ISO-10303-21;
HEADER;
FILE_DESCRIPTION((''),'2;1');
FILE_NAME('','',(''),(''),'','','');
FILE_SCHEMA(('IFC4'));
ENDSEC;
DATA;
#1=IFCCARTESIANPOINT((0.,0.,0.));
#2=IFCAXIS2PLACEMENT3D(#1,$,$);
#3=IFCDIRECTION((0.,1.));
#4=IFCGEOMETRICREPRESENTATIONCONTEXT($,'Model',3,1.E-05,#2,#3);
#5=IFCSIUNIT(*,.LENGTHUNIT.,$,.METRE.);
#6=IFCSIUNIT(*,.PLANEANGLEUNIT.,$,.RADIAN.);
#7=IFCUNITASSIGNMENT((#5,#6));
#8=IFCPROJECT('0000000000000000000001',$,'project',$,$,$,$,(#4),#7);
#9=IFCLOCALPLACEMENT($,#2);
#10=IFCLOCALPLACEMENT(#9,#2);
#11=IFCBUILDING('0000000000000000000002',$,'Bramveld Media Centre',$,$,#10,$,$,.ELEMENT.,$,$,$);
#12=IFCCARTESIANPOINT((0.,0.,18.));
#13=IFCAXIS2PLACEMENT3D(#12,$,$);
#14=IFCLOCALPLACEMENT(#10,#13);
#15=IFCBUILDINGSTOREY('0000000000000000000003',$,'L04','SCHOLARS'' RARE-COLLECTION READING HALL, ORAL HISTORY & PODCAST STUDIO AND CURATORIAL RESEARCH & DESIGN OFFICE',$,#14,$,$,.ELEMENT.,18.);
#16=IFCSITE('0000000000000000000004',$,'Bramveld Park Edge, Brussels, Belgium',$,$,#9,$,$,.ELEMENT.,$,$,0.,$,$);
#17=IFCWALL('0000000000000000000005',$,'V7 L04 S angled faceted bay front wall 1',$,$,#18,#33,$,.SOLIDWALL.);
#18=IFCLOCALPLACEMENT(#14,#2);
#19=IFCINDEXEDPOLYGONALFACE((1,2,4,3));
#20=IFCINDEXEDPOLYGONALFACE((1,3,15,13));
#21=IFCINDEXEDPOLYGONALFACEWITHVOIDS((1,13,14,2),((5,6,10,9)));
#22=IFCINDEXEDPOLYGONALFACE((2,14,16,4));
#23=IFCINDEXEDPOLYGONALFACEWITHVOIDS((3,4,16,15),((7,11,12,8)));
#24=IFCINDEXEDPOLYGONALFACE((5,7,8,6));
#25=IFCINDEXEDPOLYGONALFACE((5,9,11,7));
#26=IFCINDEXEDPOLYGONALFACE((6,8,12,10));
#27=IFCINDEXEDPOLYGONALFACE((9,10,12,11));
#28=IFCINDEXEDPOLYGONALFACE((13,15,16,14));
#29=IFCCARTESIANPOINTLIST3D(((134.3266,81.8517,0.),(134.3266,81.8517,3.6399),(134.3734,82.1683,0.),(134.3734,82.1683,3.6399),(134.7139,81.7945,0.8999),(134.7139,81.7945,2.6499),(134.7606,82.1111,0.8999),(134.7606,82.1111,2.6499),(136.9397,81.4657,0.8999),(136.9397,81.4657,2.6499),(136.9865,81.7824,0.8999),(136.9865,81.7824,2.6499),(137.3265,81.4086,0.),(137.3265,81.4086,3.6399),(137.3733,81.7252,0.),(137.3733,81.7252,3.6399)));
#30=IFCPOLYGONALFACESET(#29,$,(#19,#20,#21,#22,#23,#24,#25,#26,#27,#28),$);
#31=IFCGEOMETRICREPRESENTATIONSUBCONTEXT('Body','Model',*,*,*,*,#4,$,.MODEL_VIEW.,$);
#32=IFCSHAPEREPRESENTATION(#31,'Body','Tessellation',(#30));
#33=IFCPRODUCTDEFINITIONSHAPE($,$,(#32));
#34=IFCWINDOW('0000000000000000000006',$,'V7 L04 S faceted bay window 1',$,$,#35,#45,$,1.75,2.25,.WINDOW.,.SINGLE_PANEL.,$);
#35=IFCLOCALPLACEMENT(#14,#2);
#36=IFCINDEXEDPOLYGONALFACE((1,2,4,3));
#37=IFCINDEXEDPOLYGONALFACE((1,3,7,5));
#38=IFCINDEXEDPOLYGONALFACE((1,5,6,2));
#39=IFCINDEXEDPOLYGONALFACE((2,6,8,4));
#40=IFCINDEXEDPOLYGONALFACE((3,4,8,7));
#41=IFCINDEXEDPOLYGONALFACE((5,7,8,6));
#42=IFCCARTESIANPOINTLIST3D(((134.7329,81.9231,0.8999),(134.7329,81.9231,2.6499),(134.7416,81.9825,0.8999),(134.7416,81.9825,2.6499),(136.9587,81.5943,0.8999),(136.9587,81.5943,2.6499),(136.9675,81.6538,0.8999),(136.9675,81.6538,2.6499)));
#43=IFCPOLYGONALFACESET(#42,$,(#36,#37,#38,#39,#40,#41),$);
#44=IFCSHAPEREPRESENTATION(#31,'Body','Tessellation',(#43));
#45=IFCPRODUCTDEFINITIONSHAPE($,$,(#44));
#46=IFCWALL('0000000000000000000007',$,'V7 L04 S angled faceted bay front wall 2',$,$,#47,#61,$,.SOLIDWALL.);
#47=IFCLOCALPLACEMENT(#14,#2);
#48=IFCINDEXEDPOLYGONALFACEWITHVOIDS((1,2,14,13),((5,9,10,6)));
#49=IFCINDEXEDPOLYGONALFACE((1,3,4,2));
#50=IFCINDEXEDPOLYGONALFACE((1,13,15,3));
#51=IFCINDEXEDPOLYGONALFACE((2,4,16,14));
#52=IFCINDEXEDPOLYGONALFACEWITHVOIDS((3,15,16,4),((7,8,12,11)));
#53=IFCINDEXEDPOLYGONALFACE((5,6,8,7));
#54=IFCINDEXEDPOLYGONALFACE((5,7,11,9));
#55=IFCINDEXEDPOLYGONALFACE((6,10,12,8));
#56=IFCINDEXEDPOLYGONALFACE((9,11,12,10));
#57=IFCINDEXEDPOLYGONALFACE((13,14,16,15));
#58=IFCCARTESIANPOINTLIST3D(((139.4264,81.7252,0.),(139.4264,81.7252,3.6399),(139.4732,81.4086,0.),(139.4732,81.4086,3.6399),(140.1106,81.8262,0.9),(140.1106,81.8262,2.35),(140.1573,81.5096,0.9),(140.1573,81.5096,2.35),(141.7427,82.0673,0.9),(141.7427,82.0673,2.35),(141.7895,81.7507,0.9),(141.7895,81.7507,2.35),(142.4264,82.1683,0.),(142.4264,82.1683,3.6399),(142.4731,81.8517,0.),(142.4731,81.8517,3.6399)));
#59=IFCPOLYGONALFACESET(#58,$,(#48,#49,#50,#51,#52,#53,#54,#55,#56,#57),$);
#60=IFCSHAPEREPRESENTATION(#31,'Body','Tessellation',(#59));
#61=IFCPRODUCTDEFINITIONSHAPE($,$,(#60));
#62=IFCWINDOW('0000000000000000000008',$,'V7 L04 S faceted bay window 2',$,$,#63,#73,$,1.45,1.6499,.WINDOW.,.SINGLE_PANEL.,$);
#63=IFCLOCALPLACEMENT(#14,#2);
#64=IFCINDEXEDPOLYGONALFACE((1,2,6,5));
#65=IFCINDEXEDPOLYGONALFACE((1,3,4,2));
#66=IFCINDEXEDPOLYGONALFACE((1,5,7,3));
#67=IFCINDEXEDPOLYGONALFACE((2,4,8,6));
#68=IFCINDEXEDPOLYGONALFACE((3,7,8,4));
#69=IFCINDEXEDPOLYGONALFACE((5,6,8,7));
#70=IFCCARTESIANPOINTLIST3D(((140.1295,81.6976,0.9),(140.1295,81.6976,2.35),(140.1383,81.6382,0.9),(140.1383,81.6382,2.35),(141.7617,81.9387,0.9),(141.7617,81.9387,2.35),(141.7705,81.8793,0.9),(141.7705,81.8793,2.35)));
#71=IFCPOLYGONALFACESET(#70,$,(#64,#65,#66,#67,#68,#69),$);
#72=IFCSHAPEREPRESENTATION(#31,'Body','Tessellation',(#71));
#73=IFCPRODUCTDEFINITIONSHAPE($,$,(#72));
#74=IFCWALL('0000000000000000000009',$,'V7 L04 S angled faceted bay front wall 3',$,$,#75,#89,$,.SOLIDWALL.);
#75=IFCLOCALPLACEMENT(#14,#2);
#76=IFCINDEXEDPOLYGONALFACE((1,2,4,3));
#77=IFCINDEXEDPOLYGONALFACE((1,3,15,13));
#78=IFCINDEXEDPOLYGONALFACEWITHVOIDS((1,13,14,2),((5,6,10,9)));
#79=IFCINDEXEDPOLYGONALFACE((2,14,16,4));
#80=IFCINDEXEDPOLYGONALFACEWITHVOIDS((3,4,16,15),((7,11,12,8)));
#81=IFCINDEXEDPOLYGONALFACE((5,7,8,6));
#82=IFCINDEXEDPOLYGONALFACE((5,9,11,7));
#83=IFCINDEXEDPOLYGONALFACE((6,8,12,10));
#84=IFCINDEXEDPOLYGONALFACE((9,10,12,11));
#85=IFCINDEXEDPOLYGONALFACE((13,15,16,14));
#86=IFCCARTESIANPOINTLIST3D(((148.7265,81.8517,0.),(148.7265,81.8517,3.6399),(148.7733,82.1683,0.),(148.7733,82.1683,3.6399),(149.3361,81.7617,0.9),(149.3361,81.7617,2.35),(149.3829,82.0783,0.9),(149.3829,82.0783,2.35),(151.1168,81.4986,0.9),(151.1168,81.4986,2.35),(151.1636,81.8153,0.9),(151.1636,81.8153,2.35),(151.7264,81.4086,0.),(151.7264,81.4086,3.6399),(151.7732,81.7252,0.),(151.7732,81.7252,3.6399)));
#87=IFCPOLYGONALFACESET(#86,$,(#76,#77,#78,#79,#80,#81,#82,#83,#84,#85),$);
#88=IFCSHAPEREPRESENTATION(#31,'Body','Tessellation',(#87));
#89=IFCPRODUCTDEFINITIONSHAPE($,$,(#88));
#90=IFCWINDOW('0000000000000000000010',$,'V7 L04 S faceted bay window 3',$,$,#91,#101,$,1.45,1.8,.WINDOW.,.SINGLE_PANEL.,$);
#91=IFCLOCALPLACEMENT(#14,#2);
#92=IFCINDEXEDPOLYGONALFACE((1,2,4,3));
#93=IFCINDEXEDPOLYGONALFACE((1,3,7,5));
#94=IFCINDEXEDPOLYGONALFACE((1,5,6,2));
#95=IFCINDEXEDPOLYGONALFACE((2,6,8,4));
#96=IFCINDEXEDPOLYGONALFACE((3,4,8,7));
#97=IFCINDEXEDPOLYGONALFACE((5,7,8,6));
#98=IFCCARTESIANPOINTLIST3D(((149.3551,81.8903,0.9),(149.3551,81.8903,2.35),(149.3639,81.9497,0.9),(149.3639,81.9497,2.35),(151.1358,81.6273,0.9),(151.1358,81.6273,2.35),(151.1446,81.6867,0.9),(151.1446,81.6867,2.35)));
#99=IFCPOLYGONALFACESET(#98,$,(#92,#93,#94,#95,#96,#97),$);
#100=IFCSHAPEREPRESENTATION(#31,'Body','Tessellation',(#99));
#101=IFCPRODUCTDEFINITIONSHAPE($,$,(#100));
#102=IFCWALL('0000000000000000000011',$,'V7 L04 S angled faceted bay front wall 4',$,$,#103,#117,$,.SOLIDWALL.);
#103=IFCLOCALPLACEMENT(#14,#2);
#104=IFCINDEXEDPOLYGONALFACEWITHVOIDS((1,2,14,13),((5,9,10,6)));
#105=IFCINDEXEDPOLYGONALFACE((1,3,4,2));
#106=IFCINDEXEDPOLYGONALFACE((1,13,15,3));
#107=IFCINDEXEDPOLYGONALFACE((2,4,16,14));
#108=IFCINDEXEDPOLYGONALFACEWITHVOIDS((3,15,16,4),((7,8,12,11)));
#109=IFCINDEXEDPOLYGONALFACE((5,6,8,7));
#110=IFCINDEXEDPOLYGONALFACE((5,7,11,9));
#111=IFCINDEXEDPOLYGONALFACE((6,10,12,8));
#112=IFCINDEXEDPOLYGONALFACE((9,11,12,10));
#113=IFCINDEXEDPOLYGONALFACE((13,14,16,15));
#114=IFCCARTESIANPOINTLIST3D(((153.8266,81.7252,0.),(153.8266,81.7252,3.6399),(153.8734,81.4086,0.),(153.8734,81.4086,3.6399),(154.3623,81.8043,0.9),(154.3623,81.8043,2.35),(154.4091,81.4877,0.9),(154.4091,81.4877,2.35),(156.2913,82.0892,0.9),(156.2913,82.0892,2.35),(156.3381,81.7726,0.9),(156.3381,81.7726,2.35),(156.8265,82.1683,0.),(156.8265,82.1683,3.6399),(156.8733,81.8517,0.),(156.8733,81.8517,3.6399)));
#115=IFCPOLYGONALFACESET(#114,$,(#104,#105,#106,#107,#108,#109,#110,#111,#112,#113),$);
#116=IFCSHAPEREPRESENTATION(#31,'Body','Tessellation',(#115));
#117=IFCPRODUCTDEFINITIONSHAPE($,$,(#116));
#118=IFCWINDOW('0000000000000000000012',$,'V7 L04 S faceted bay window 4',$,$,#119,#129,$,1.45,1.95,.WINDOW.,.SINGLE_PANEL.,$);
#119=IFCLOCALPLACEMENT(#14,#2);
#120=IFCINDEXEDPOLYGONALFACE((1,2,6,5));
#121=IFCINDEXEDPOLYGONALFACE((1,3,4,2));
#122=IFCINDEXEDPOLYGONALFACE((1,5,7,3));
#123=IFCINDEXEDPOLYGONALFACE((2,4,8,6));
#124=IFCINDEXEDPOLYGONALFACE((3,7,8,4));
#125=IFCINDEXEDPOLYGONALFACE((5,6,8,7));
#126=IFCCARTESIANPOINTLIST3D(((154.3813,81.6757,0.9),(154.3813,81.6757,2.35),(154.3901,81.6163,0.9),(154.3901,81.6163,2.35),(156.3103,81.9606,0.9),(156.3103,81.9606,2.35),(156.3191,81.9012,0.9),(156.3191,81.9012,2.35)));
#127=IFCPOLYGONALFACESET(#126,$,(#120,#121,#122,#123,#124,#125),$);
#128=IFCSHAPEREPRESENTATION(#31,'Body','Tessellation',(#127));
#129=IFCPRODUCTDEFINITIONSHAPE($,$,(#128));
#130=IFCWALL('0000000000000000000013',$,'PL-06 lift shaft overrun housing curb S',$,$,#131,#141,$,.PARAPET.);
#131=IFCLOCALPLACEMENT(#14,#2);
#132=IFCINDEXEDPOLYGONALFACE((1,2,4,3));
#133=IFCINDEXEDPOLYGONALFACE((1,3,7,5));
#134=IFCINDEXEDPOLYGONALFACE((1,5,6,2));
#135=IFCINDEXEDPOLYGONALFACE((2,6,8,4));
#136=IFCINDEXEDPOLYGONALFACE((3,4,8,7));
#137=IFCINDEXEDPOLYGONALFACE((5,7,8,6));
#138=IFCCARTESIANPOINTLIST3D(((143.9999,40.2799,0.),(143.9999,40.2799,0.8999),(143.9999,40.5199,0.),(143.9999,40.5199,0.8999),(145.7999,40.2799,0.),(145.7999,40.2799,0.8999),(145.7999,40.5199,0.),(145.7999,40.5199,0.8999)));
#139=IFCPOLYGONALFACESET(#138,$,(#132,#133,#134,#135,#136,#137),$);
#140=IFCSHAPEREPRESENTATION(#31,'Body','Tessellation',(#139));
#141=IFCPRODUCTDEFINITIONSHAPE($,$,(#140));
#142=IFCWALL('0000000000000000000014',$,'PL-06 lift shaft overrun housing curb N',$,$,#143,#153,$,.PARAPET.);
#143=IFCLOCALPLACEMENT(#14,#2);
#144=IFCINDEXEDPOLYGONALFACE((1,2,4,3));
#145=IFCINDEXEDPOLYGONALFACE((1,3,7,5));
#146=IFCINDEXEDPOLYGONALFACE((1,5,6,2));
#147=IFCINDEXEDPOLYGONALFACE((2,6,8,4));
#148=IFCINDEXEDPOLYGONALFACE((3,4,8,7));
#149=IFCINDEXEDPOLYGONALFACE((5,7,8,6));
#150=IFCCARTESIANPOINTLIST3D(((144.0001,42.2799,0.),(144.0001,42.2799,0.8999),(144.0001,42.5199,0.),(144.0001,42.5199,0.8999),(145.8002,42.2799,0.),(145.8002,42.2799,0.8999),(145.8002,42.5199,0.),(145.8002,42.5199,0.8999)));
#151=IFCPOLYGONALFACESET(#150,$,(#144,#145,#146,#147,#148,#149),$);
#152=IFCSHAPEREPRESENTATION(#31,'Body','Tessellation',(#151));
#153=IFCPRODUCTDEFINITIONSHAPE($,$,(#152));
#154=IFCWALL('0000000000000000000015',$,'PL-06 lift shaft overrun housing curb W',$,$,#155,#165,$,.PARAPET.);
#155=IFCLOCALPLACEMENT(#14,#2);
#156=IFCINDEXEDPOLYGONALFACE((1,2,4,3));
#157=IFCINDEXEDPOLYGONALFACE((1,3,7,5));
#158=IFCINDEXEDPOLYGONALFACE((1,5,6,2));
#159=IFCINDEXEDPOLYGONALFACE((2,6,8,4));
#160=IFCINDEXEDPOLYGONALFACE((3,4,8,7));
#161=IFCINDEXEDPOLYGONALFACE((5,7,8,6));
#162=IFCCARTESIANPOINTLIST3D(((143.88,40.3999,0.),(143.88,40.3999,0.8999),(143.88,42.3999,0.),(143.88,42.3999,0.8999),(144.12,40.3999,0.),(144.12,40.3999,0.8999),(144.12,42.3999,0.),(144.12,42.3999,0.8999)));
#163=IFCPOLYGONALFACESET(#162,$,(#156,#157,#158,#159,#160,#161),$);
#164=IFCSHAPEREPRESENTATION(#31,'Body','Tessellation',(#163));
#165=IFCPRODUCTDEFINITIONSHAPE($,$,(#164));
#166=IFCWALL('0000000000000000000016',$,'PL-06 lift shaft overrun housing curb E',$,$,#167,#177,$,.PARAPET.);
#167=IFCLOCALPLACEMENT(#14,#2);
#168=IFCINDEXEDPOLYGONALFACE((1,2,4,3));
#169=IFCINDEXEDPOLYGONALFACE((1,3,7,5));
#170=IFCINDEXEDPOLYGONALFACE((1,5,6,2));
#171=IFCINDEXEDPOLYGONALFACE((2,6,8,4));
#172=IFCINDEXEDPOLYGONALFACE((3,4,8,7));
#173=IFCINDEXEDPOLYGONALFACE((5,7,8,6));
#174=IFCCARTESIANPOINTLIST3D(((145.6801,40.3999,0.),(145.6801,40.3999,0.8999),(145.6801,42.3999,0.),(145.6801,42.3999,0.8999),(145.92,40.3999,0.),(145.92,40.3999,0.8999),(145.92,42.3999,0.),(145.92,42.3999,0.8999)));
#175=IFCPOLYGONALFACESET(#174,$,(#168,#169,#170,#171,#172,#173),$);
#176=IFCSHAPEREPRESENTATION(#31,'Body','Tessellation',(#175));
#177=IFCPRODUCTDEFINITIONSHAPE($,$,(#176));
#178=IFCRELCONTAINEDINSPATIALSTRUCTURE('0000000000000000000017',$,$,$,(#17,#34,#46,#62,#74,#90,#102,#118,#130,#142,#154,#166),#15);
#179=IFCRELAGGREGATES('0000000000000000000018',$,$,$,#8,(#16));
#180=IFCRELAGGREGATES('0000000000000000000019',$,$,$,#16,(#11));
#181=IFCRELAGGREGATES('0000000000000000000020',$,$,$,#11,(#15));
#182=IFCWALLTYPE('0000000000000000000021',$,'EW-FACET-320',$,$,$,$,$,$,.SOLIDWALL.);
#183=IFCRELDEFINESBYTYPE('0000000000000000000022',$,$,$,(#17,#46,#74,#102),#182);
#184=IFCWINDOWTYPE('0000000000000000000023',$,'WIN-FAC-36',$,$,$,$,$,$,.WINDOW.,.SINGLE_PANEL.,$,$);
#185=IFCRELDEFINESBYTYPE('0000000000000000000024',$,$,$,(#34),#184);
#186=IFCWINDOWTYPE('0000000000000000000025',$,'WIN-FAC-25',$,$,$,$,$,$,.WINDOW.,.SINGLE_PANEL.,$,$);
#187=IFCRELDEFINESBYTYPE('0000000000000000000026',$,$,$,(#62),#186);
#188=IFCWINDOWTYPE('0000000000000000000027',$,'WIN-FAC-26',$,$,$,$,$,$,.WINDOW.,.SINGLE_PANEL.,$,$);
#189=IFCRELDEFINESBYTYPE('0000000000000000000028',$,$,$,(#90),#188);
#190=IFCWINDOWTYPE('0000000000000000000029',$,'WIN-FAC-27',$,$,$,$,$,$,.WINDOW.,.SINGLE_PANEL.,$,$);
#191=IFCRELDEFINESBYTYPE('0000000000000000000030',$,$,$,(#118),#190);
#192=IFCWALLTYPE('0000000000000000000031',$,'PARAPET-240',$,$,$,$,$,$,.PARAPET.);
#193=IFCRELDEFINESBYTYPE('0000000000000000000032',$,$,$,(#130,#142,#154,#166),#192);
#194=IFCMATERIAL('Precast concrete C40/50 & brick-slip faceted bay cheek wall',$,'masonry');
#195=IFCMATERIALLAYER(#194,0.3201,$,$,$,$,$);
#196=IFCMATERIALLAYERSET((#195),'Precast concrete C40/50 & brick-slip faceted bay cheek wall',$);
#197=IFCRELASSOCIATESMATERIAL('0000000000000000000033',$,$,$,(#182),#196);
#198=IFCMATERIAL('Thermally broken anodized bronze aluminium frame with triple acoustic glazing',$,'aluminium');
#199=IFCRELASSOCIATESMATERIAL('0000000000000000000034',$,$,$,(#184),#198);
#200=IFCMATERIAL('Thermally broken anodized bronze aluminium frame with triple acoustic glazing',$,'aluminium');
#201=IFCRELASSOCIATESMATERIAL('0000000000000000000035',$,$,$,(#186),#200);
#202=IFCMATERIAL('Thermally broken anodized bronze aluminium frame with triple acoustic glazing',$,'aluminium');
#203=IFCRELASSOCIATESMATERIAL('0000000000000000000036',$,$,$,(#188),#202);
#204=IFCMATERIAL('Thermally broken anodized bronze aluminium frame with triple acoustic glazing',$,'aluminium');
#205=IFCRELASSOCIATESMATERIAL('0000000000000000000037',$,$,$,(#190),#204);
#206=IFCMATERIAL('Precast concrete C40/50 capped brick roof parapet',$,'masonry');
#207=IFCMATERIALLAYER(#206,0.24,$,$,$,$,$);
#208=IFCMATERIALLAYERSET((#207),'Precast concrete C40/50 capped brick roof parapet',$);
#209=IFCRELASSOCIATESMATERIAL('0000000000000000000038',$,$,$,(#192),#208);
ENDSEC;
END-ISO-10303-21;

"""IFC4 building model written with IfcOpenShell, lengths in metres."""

from ifc_helpers import new_model, si_unit, direction, frame, frame_2d, origin, place, context, subcontext, project, spatial, rectangle, extrude, material, layer, layer_set, type_object, element, fill, save


model = new_model("IFC4")

# Units and contexts
model_context = context("Model", 3, precision=1e-05, world=origin(), true_north=direction((0.0, 1.0)))
body_context = subcontext(model_context, "Body", "Model", "MODEL_VIEW")
ifc_project = project(units=[si_unit("LENGTHUNIT", "METRE"), si_unit("PLANEANGLEUNIT", "RADIAN")], contexts=[model_context])

# Site, building, storey
site_placement = place(None, origin())
site = spatial("IfcSite", under=ifc_project, at=site_placement, Name="Bramveld Park Edge, Brussels, Belgium", CompositionType="ELEMENT", RefElevation=0.0)
building_placement = place(site_placement, origin())
building = spatial("IfcBuilding", under=site, at=building_placement, Name="Bramveld Media Centre", CompositionType="ELEMENT")
storey_placement = place(building_placement, frame((0.0, 0.0, 18.0)))
storey = spatial("IfcBuildingStorey", under=building, at=storey_placement, Name="L04", Description="SCHOLARS' RARE-COLLECTION READING HALL, ORAL HISTORY & PODCAST STUDIO AND CURATORIAL RESEARCH & DESIGN OFFICE", CompositionType="ELEMENT", Elevation=18.0)

# Walls, openings, windows
ifc_material_1 = material(Name="Precast concrete C40/50 & brick-slip faceted bay cheek wall", Category="masonry")
ifc_layer_1 = layer(ifc_material_1, 0.3201)
ifc_layer_set_1 = layer_set([ifc_layer_1], Name="Precast concrete C40/50 & brick-slip faceted bay cheek wall")
wall_type_1 = type_object("IfcWallType", Name="EW-FACET-320", PredefinedType="SOLIDWALL", material=ifc_layer_set_1)
wall_1_placement = place(storey_placement, frame((134.3501, 82.01, 0.0), z_axis=(0.0, 0.0, 1.0), x_axis=(0.989267, -0.14612, 0.0)))
wall_1 = element("IfcWall", 1, at=wall_1_placement, inside=storey, type_object=wall_type_1, Name="V7 L04 S angled faceted bay front wall 1", PredefinedType="SOLIDWALL", context=body_context, shape_type="SweptSolid", body=[
    extrude(rectangle(XDim=3.0325, YDim=0.3201, at=frame_2d((1.5161, 0.0))), origin(), (0.0, 0.0, 1.0), 3.6399),
])
opening_1_placement = place(wall_1_placement, frame((0.3914, 0.0, 0.8999)))
opening_1 = element("IfcOpeningElement", 2, at=opening_1_placement, cuts=wall_1, PredefinedType="OPENING", context=body_context, shape_type="SweptSolid", body=[
    extrude(rectangle(XDim=2.25, YDim=1.75, at=frame_2d((1.125, 0.875))), frame((0.0, 0.1719, 0.0), z_axis=(0.0, -1.0, 0.0), x_axis=(1.0, 0.0, 0.0)), (0.0, 0.0, 1.0), 0.344),
])
ifc_material_2 = material(Name="Thermally broken anodized bronze aluminium frame with triple acoustic glazing", Category="aluminium")
window_type_1 = type_object("IfcWindowType", Name="WIN-FAC-36", PartitioningType="SINGLE_PANEL", PredefinedType="WINDOW", material=ifc_material_2)
window_1_placement = place(opening_1_placement, origin())
window_1 = element("IfcWindow", 3, at=window_1_placement, inside=storey, type_object=window_type_1, Name="V7 L04 S faceted bay window 1", OverallHeight=1.75, OverallWidth=2.25, PartitioningType="SINGLE_PANEL", PredefinedType="WINDOW", context=body_context, shape_type="SweptSolid", body=[
    extrude(rectangle(XDim=2.25, YDim=1.75, at=frame_2d((1.125, 0.875))), frame((0.0, 0.03, 0.0), z_axis=(0.0, -1.0, 0.0), x_axis=(1.0, 0.0, 0.0)), (0.0, 0.0, 1.0), 0.0601),
])
fill(opening_1, window_1)
wall_2_placement = place(storey_placement, frame((139.45, 81.5669, 0.0), z_axis=(0.0, 0.0, 1.0), x_axis=(0.989267, 0.14612, 0.0)))
wall_2 = element("IfcWall", 4, at=wall_2_placement, inside=storey, type_object=wall_type_1, Name="V7 L04 S angled faceted bay front wall 2", PredefinedType="SOLIDWALL", context=body_context, shape_type="SweptSolid", body=[
    extrude(rectangle(XDim=3.0325, YDim=0.3201, at=frame_2d((1.5161, 0.0))), origin(), (0.0, 0.0, 1.0), 3.6399),
])
opening_2_placement = place(wall_2_placement, frame((0.6914, 0.0, 0.8999)))
opening_2 = element("IfcOpeningElement", 5, at=opening_2_placement, cuts=wall_2, PredefinedType="OPENING", context=body_context, shape_type="SweptSolid", body=[
    extrude(rectangle(XDim=1.6499, YDim=1.45, at=frame_2d((0.825, 0.7251))), frame((0.0, 0.1719, 0.0), z_axis=(0.0, -1.0, 0.0), x_axis=(1.0, 0.0, 0.0)), (0.0, 0.0, 1.0), 0.344),
])
ifc_material_3 = material(Name="Thermally broken anodized bronze aluminium frame with triple acoustic glazing", Category="aluminium")
window_type_2 = type_object("IfcWindowType", Name="WIN-FAC-25", PartitioningType="SINGLE_PANEL", PredefinedType="WINDOW", material=ifc_material_3)
window_2_placement = place(opening_2_placement, origin())
window_2 = element("IfcWindow", 6, at=window_2_placement, inside=storey, type_object=window_type_2, Name="V7 L04 S faceted bay window 2", OverallHeight=1.45, OverallWidth=1.6499, PartitioningType="SINGLE_PANEL", PredefinedType="WINDOW", context=body_context, shape_type="SweptSolid", body=[
    extrude(rectangle(XDim=1.6499, YDim=1.45, at=frame_2d((0.825, 0.7251))), frame((0.0, 0.03, 0.0), z_axis=(0.0, -1.0, 0.0), x_axis=(1.0, 0.0, 0.0)), (0.0, 0.0, 1.0), 0.0601),
])
fill(opening_2, window_2)
wall_3_placement = place(storey_placement, frame((148.75, 82.01, 0.0), z_axis=(0.0, 0.0, 1.0), x_axis=(0.989267, -0.14612, 0.0)))
wall_3 = element("IfcWall", 7, at=wall_3_placement, inside=storey, type_object=wall_type_1, Name="V7 L04 S angled faceted bay front wall 3", PredefinedType="SOLIDWALL", context=body_context, shape_type="SweptSolid", body=[
    extrude(rectangle(XDim=3.0325, YDim=0.3201, at=frame_2d((1.5161, 0.0))), origin(), (0.0, 0.0, 1.0), 3.6399),
])
opening_3_placement = place(wall_3_placement, frame((0.6162, 0.0, 0.8999)))
opening_3 = element("IfcOpeningElement", 8, at=opening_3_placement, cuts=wall_3, PredefinedType="OPENING", context=body_context, shape_type="SweptSolid", body=[
    extrude(rectangle(XDim=1.8, YDim=1.45, at=frame_2d((0.8999, 0.7251))), frame((0.0, 0.1719, 0.0), z_axis=(0.0, -1.0, 0.0), x_axis=(1.0, 0.0, 0.0)), (0.0, 0.0, 1.0), 0.344),
])
ifc_material_4 = material(Name="Thermally broken anodized bronze aluminium frame with triple acoustic glazing", Category="aluminium")
window_type_3 = type_object("IfcWindowType", Name="WIN-FAC-26", PartitioningType="SINGLE_PANEL", PredefinedType="WINDOW", material=ifc_material_4)
window_3_placement = place(opening_3_placement, origin())
window_3 = element("IfcWindow", 9, at=window_3_placement, inside=storey, type_object=window_type_3, Name="V7 L04 S faceted bay window 3", OverallHeight=1.45, OverallWidth=1.8, PartitioningType="SINGLE_PANEL", PredefinedType="WINDOW", context=body_context, shape_type="SweptSolid", body=[
    extrude(rectangle(XDim=1.8, YDim=1.45, at=frame_2d((0.8999, 0.7251))), frame((0.0, 0.03, 0.0), z_axis=(0.0, -1.0, 0.0), x_axis=(1.0, 0.0, 0.0)), (0.0, 0.0, 1.0), 0.0601),
])
fill(opening_3, window_3)
wall_4_placement = place(storey_placement, frame((153.8501, 81.5669, 0.0), z_axis=(0.0, 0.0, 1.0), x_axis=(0.989267, 0.14612, 0.0)))
wall_4 = element("IfcWall", 10, at=wall_4_placement, inside=storey, type_object=wall_type_1, Name="V7 L04 S angled faceted bay front wall 4", PredefinedType="SOLIDWALL", context=body_context, shape_type="SweptSolid", body=[
    extrude(rectangle(XDim=3.0325, YDim=0.3201, at=frame_2d((1.5161, 0.0))), origin(), (0.0, 0.0, 1.0), 3.6399),
])
opening_4_placement = place(wall_4_placement, frame((0.5413, 0.0, 0.8999)))
opening_4 = element("IfcOpeningElement", 11, at=opening_4_placement, cuts=wall_4, PredefinedType="OPENING", context=body_context, shape_type="SweptSolid", body=[
    extrude(rectangle(XDim=1.95, YDim=1.45, at=frame_2d((0.9751, 0.7251))), frame((0.0, 0.1719, 0.0), z_axis=(0.0, -1.0, 0.0), x_axis=(1.0, 0.0, 0.0)), (0.0, 0.0, 1.0), 0.344),
])
ifc_material_5 = material(Name="Thermally broken anodized bronze aluminium frame with triple acoustic glazing", Category="aluminium")
window_type_4 = type_object("IfcWindowType", Name="WIN-FAC-27", PartitioningType="SINGLE_PANEL", PredefinedType="WINDOW", material=ifc_material_5)
window_4_placement = place(opening_4_placement, origin())
window_4 = element("IfcWindow", 12, at=window_4_placement, inside=storey, type_object=window_type_4, Name="V7 L04 S faceted bay window 4", OverallHeight=1.45, OverallWidth=1.95, PartitioningType="SINGLE_PANEL", PredefinedType="WINDOW", context=body_context, shape_type="SweptSolid", body=[
    extrude(rectangle(XDim=1.95, YDim=1.45, at=frame_2d((0.9751, 0.7251))), frame((0.0, 0.03, 0.0), z_axis=(0.0, -1.0, 0.0), x_axis=(1.0, 0.0, 0.0)), (0.0, 0.0, 1.0), 0.0601),
])
fill(opening_4, window_4)

# Walls
ifc_material_6 = material(Name="Precast concrete C40/50 capped brick roof parapet", Category="masonry")
ifc_layer_2 = layer(ifc_material_6, 0.24)
ifc_layer_set_2 = layer_set([ifc_layer_2], Name="Precast concrete C40/50 capped brick roof parapet")
wall_type_2 = type_object("IfcWallType", Name="PARAPET-240", PredefinedType="PARAPET", material=ifc_layer_set_2)
for number, where, z_axis, x_axis, name in (
    (13, (144.0, 40.3999, 0.0), (0.0, 0.0, 1.0), (1.0, 0.0, 0.0), "PL-06 lift shaft overrun housing curb S"),
    (14, (145.8, 42.3999, 0.0), (0.0, 0.0, 1.0), (-1.0, 0.0, 0.0), "PL-06 lift shaft overrun housing curb N"),
):
    element("IfcWall", number, at=place(storey_placement, frame(where, z_axis=z_axis, x_axis=x_axis)), inside=storey, type_object=wall_type_2, Name=name, PredefinedType="PARAPET", context=body_context, shape_type="SweptSolid", body=[
        extrude(rectangle(XDim=1.8, YDim=0.24, at=frame_2d((0.8999, 0.0))), origin(), (0.0, 0.0, 1.0), 0.8999),
    ])
for number, where, z_axis, x_axis, name in (
    (15, (144.0, 42.3999, 0.0), (0.0, 0.0, 1.0), (0.0, -1.0, 0.0), "PL-06 lift shaft overrun housing curb W"),
    (16, (145.8, 40.3999, 0.0), (0.0, 0.0, 1.0), (0.0, 1.0, 0.0), "PL-06 lift shaft overrun housing curb E"),
):
    element("IfcWall", number, at=place(storey_placement, frame(where, z_axis=z_axis, x_axis=x_axis)), inside=storey, type_object=wall_type_2, Name=name, PredefinedType="PARAPET", context=body_context, shape_type="SweptSolid", body=[
        extrude(rectangle(XDim=2.0, YDim=0.24, at=frame_2d((1.0, 0.0))), origin(), (0.0, 0.0, 1.0), 0.8999),
    ])

save(model, "model.ifc")
